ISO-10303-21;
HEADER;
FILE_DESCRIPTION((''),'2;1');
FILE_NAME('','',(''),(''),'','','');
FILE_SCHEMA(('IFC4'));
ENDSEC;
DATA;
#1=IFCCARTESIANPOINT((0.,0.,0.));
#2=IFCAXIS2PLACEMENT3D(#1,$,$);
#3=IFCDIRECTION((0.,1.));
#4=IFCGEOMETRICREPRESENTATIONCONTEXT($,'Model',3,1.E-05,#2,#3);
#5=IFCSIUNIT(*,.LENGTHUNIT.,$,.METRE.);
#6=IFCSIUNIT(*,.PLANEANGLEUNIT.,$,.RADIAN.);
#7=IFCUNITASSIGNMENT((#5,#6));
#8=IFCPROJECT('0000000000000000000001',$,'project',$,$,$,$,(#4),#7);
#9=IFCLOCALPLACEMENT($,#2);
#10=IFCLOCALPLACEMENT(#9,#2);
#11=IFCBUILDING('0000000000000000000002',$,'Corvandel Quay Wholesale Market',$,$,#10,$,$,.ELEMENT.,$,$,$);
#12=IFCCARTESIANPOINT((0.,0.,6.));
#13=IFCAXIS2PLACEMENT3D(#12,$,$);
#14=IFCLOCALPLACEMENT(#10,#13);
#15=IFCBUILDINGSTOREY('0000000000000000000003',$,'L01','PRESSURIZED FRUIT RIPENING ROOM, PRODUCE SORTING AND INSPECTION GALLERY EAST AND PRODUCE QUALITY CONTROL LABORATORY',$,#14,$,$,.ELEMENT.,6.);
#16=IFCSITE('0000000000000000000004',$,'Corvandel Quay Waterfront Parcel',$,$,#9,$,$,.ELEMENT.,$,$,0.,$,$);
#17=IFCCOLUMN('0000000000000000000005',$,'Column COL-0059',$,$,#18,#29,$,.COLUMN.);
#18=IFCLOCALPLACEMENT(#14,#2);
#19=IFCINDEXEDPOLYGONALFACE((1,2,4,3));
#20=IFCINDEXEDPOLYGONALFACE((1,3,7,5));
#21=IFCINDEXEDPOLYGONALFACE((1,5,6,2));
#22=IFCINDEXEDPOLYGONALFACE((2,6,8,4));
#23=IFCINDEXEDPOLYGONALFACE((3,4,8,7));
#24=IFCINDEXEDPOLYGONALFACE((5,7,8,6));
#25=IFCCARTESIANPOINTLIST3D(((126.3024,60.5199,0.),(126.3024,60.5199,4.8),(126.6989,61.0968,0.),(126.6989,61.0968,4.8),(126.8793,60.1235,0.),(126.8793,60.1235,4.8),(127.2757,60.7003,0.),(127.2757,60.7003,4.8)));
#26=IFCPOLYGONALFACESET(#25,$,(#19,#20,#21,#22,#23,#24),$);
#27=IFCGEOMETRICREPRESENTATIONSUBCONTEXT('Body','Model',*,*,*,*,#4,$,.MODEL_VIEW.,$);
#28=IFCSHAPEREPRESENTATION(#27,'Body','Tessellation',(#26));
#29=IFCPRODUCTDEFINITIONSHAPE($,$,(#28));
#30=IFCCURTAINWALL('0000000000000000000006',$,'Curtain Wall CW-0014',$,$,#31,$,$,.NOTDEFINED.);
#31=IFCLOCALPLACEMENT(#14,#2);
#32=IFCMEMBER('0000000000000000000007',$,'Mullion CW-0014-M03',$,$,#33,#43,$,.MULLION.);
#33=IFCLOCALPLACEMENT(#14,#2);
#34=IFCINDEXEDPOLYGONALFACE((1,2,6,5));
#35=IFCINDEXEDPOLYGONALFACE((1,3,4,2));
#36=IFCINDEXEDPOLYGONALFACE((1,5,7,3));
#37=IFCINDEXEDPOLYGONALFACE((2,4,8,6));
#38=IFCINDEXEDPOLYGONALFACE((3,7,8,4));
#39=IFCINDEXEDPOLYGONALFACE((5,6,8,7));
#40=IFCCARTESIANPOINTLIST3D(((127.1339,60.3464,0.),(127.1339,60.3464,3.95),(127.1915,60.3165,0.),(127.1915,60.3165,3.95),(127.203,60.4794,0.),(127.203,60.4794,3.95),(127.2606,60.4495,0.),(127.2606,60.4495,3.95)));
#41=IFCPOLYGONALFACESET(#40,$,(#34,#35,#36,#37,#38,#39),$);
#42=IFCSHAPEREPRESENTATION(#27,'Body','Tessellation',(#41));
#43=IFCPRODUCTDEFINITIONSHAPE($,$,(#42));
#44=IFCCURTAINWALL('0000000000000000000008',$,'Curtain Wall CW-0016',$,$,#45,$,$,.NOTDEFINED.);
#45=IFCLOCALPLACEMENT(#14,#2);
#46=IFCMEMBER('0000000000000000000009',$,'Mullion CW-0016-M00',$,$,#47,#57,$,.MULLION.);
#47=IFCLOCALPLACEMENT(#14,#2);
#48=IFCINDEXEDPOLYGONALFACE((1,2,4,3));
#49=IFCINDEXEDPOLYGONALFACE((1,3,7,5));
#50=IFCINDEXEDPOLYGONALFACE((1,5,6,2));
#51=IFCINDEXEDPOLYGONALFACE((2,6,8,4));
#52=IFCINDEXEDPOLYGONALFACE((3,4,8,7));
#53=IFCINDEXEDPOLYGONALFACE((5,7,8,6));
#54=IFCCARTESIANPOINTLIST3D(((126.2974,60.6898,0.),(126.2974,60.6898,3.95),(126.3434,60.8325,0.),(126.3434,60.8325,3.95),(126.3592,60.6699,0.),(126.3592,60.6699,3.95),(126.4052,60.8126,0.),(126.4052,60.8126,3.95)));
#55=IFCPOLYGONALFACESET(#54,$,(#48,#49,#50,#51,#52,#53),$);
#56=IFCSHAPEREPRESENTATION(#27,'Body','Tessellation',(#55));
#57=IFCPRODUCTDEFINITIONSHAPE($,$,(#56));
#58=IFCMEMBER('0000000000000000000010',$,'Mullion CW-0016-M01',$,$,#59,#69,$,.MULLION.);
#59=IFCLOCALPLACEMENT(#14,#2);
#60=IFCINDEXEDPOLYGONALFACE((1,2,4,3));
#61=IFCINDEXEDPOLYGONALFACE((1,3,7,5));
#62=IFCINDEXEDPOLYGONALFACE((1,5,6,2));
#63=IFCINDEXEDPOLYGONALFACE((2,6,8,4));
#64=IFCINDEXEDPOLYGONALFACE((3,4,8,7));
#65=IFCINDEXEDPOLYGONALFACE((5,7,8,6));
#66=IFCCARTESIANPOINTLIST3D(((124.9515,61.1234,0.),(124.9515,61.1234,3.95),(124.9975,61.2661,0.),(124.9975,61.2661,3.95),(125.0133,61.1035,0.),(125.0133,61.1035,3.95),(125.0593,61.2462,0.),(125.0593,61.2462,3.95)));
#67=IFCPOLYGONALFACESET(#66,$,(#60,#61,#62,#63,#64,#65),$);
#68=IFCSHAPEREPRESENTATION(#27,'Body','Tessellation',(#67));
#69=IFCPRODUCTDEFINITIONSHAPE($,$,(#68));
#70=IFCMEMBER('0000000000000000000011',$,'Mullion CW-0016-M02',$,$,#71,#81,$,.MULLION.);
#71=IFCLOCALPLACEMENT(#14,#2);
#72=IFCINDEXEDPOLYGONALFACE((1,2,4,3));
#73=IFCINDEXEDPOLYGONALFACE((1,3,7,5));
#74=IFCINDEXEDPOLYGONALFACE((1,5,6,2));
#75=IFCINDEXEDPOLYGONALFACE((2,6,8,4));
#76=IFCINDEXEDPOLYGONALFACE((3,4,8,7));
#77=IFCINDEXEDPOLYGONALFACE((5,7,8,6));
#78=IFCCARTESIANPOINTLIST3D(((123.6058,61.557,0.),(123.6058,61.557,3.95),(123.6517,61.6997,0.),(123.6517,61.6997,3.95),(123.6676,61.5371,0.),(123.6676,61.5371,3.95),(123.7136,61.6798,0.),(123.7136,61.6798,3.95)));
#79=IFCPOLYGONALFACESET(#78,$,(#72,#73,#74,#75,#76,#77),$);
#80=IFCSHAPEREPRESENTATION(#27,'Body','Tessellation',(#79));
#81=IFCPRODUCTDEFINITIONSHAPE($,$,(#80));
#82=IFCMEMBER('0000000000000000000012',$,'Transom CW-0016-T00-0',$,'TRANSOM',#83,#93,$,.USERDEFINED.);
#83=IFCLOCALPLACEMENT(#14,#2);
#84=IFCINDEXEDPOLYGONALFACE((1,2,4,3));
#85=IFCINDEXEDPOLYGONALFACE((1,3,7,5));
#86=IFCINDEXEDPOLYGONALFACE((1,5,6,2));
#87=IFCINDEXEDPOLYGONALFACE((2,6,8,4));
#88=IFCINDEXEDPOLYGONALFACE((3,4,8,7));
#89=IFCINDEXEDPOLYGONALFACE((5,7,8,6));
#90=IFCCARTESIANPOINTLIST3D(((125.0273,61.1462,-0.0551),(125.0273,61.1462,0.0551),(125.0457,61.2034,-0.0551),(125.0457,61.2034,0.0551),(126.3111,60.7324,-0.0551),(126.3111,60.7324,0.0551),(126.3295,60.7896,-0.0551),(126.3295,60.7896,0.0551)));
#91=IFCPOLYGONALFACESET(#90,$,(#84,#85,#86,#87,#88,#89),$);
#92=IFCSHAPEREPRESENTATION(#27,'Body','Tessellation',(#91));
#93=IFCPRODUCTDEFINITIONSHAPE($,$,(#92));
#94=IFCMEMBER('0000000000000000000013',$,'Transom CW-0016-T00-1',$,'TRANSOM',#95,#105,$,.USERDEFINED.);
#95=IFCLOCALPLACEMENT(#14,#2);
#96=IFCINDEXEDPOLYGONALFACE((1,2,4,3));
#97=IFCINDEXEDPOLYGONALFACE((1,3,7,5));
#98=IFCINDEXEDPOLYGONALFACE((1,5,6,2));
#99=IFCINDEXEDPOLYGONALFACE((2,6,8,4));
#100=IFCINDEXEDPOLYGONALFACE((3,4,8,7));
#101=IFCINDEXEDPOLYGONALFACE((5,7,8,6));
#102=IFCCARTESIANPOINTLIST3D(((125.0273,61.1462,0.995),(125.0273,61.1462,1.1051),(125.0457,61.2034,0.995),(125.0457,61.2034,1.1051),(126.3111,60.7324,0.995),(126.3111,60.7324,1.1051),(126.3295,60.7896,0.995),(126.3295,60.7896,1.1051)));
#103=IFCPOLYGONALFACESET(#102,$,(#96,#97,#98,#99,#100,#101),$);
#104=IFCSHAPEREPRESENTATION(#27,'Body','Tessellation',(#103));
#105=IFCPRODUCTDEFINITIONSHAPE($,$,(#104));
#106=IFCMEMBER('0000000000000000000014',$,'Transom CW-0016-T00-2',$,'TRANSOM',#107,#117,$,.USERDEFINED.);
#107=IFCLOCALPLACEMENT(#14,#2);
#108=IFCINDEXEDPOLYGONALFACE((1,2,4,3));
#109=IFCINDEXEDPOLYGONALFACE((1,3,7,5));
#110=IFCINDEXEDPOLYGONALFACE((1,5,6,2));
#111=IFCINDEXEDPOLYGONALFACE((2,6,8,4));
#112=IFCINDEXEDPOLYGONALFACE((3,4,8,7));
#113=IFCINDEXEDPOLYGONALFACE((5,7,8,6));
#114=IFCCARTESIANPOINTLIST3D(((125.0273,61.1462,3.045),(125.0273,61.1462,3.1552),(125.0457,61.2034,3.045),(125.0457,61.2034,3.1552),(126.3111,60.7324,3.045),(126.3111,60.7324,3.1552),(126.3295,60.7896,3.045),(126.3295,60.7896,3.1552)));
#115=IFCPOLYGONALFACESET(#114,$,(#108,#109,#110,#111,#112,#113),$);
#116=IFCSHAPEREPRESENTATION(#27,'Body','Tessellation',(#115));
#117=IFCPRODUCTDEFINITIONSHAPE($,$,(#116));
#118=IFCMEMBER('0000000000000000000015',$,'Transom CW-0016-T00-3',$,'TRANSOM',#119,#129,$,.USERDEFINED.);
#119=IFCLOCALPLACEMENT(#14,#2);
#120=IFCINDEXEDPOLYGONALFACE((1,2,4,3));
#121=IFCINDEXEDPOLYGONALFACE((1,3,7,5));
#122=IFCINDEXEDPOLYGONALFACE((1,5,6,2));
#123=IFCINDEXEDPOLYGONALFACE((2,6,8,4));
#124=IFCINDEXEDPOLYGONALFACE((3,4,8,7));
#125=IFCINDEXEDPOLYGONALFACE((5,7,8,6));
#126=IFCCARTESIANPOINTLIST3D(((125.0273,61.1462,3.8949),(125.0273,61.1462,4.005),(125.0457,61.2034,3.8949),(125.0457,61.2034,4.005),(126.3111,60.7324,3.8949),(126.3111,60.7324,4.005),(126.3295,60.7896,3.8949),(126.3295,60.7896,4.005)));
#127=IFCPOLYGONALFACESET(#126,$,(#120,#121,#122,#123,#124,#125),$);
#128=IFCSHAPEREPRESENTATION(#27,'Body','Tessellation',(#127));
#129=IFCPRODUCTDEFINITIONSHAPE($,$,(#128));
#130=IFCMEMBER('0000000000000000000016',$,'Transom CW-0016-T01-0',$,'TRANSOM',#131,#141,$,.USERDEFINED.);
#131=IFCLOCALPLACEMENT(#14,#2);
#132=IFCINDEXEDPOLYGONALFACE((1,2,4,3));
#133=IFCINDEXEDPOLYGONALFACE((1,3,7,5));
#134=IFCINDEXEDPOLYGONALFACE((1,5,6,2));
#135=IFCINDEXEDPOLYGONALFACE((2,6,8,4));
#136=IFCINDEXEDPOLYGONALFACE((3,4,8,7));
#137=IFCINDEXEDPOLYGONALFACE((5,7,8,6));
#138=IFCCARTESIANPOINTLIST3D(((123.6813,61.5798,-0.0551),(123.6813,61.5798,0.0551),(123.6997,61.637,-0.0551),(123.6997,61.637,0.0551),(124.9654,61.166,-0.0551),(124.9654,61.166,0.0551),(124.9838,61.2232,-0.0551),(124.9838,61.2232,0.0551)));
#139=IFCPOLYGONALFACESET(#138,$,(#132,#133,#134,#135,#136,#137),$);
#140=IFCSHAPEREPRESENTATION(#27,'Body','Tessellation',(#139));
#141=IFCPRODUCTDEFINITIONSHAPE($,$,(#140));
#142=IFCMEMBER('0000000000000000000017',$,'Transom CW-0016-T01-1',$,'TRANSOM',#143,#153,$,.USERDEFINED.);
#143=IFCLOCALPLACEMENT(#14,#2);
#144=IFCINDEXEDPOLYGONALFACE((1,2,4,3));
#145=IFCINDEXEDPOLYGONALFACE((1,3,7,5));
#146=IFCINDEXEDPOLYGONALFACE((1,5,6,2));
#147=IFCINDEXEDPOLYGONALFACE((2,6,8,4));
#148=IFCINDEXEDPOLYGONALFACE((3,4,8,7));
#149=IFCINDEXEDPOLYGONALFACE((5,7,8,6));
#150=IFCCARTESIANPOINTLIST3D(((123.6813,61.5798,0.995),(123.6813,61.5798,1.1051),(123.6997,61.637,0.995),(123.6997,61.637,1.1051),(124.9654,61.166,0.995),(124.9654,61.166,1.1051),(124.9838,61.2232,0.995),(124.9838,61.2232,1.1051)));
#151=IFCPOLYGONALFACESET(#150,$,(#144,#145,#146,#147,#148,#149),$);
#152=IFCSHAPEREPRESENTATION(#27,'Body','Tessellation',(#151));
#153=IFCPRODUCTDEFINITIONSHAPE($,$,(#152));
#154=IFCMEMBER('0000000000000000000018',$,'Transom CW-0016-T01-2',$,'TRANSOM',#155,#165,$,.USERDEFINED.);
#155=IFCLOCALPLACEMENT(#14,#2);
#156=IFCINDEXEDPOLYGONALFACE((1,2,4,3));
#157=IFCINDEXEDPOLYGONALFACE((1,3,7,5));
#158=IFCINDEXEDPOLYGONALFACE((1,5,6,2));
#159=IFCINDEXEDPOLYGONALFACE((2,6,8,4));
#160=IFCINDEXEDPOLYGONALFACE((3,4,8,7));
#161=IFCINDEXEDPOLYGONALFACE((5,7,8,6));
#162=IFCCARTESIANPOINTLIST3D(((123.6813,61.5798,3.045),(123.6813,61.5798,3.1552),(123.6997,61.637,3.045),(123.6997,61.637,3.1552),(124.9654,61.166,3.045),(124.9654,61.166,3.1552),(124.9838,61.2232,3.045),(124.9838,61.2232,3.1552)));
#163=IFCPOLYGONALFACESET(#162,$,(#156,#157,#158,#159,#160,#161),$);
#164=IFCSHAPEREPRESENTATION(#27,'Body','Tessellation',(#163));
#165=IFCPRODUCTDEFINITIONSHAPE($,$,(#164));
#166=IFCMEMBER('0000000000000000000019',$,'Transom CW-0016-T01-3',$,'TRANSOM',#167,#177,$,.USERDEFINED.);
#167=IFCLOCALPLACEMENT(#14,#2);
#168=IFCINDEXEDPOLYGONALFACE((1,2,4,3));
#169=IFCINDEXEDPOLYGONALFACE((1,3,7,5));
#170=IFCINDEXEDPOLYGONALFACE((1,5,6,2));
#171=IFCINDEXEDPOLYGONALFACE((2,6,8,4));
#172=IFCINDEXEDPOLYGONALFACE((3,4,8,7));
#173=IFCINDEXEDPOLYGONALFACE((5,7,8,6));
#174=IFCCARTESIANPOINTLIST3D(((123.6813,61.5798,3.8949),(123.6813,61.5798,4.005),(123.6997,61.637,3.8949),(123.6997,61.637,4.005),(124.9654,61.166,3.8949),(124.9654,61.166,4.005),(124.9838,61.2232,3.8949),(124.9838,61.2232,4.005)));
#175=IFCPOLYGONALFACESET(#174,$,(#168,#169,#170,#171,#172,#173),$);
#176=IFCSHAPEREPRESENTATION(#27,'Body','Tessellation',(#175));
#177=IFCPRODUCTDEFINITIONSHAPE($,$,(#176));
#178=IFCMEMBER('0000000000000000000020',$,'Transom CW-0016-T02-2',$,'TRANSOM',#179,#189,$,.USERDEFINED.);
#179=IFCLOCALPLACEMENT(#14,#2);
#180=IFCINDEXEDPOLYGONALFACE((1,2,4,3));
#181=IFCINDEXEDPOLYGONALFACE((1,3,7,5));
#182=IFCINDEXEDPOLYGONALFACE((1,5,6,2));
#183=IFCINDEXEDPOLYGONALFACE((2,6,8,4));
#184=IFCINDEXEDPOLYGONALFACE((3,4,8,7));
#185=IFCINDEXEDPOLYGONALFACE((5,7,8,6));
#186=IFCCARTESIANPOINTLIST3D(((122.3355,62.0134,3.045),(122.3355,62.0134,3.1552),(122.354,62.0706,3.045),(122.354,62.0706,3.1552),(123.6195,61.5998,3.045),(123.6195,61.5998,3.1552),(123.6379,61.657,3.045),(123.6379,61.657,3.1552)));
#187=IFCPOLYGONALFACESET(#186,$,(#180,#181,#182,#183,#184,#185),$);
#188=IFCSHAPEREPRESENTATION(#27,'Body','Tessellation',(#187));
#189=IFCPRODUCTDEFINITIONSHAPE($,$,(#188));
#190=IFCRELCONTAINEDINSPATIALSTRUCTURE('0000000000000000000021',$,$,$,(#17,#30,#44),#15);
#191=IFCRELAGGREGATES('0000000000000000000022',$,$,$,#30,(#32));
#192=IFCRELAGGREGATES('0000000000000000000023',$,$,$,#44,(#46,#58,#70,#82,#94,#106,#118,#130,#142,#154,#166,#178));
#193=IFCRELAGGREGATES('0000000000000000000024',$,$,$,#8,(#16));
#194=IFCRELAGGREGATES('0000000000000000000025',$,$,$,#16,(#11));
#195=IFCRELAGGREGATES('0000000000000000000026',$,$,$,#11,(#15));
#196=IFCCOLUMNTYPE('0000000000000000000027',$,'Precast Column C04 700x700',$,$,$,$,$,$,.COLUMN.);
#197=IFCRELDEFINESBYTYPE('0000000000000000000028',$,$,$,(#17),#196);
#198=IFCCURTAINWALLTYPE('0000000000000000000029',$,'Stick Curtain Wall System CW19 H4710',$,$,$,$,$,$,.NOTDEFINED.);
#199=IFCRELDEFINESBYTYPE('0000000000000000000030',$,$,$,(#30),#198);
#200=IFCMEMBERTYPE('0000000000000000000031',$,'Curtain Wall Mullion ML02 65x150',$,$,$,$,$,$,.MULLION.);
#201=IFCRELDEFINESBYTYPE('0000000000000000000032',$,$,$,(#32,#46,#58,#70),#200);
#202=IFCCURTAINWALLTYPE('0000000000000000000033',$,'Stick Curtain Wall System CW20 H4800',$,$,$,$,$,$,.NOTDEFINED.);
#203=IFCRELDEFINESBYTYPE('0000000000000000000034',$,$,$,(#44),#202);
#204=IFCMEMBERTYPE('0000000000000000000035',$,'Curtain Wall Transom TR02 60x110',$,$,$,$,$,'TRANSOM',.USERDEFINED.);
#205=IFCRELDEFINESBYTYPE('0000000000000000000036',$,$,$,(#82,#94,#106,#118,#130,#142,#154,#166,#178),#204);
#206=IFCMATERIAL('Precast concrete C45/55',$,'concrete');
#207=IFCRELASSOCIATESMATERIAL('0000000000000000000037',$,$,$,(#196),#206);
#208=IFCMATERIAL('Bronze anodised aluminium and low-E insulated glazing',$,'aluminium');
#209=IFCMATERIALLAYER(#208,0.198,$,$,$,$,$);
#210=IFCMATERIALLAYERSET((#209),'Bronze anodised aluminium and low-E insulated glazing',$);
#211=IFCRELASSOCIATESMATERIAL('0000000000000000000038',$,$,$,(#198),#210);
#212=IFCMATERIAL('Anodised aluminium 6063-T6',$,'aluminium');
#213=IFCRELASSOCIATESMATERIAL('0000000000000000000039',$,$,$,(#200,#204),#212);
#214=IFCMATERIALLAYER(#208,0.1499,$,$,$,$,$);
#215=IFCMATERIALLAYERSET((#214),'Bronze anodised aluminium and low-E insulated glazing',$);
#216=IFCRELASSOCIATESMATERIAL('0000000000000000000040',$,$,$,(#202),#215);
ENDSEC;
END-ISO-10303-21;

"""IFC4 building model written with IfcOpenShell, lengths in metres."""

from ifc_helpers import new_model, si_unit, direction, frame, origin, origin_2d, place, context, subcontext, project, spatial, rectangle, extrude, material, layer, layer_set, material_profile, profile_set, type_object, element, aggregate, save


model = new_model("IFC4")

# Units and contexts
model_context = context("Model", 3, precision=1e-05, world=origin(), true_north=direction((0.0, 1.0)))
body_context = subcontext(model_context, "Body", "Model", "MODEL_VIEW")
ifc_project = project(units=[si_unit("LENGTHUNIT", "METRE"), si_unit("PLANEANGLEUNIT", "RADIAN")], contexts=[model_context])

# Site, building, storey
site_placement = place(None, origin())
site = spatial("IfcSite", under=ifc_project, at=site_placement, Name="Corvandel Quay Waterfront Parcel", CompositionType="ELEMENT", RefElevation=0.0)
building_placement = place(site_placement, origin())
building = spatial("IfcBuilding", under=site, at=building_placement, Name="Corvandel Quay Wholesale Market", CompositionType="ELEMENT")
storey_placement = place(building_placement, frame((0.0, 0.0, 6.0)))
storey = spatial("IfcBuildingStorey", under=building, at=storey_placement, Name="L01", Description="PRESSURIZED FRUIT RIPENING ROOM, PRODUCE SORTING AND INSPECTION GALLERY EAST AND PRODUCE QUALITY CONTROL LABORATORY", CompositionType="ELEMENT", Elevation=6.0)

# Column
ifc_material_1 = material(Name="Precast concrete C45/55", Category="concrete")
ifc_material_profile_1 = material_profile(ifc_material_1, rectangle(XDim=0.7, YDim=0.7, at=origin_2d()), Name="PC-COL-700x700")
ifc_profile_set_1 = profile_set([ifc_material_profile_1], Name="Precast concrete C45/55")
column_type = type_object("IfcColumnType", Name="Precast Column C04 700x700", PredefinedType="COLUMN", material=ifc_profile_set_1)
column_placement = place(storey_placement, frame((126.7891, 60.6101, 0.0), z_axis=(0.0, 0.0, 1.0), x_axis=(-0.824126, 0.566406, 0.0)))
element("IfcColumn", 1, at=column_placement, inside=storey, type_object=column_type, Name="Column COL-0059", PredefinedType="COLUMN", context=body_context, shape_type="SweptSolid", body=[
    extrude(rectangle(XDim=0.7, YDim=0.7, at=origin_2d()), origin(), (0.0, 0.0, 1.0), 4.8),
])

# Curtain wall, member
ifc_material_2 = material(Name="Bronze anodised aluminium and low-E insulated glazing", Category="aluminium")
ifc_layer_1 = layer(ifc_material_2, 0.198)
ifc_layer_set_1 = layer_set([ifc_layer_1], Name="Bronze anodised aluminium and low-E insulated glazing")
curtain_wall_type_1 = type_object("IfcCurtainWallType", Name="Stick Curtain Wall System CW19 H4710", PredefinedType="NOTDEFINED", material=ifc_layer_set_1)
curtain_wall_1_placement = place(storey_placement, origin())
curtain_wall_1 = element("IfcCurtainWall", 2, at=curtain_wall_1_placement, inside=storey, type_object=curtain_wall_type_1, Name="Curtain Wall CW-0014", PredefinedType="NOTDEFINED")
ifc_material_3 = material(Name="Anodised aluminium 6063-T6", Category="aluminium")
ifc_material_profile_2 = material_profile(ifc_material_3, rectangle(XDim=0.0649, YDim=0.1499, at=origin_2d()), Name="ALU-MUL-65x150")
ifc_profile_set_2 = profile_set([ifc_material_profile_2], Name="Anodised aluminium 6063-T6")
member_type_1 = type_object("IfcMemberType", Name="Curtain Wall Mullion ML02 65x150", PredefinedType="MULLION", material=ifc_profile_set_2)
member_1_placement = place(storey_placement, frame((127.1973, 60.3979, 0.0), z_axis=(0.0, 0.0, 1.0), x_axis=(-0.887333, 0.461129, 0.0)))
member_1 = element("IfcMember", 3, at=member_1_placement, type_object=member_type_1, Name="Mullion CW-0014-M03", PredefinedType="MULLION", context=body_context, shape_type="SweptSolid", body=[
    extrude(rectangle(XDim=0.0649, YDim=0.1499, at=origin_2d()), origin(), (0.0, 0.0, 1.0), 3.95),
])
aggregate(curtain_wall_1, [member_1])

# Curtain wall, members
ifc_layer_2 = layer(ifc_material_2, 0.1499)
ifc_layer_set_2 = layer_set([ifc_layer_2], Name="Bronze anodised aluminium and low-E insulated glazing")
curtain_wall_type_2 = type_object("IfcCurtainWallType", Name="Stick Curtain Wall System CW20 H4800", PredefinedType="NOTDEFINED", material=ifc_layer_set_2)
curtain_wall_2_placement = place(storey_placement, origin())
curtain_wall_2 = element("IfcCurtainWall", 4, at=curtain_wall_2_placement, inside=storey, type_object=curtain_wall_type_2, Name="Curtain Wall CW-0016", PredefinedType="NOTDEFINED")
member_2_placement = place(storey_placement, frame((126.3513, 60.7512, 0.0), z_axis=(0.0, 0.0, 1.0), x_axis=(-0.951809, 0.306692, 0.0)))
member_2 = element("IfcMember", 5, at=member_2_placement, type_object=member_type_1, Name="Mullion CW-0016-M00", PredefinedType="MULLION", context=body_context, shape_type="SweptSolid", body=[
    extrude(rectangle(XDim=0.0649, YDim=0.1499, at=origin_2d()), origin(), (0.0, 0.0, 1.0), 3.95),
])
member_3_placement = place(storey_placement, frame((125.0054, 61.1848, 0.0), z_axis=(0.0, 0.0, 1.0), x_axis=(-0.951809, 0.306692, 0.0)))
member_3 = element("IfcMember", 6, at=member_3_placement, type_object=member_type_1, Name="Mullion CW-0016-M01", PredefinedType="MULLION", context=body_context, shape_type="SweptSolid", body=[
    extrude(rectangle(XDim=0.0649, YDim=0.1499, at=origin_2d()), origin(), (0.0, 0.0, 1.0), 3.95),
])
member_4_placement = place(storey_placement, frame((123.6597, 61.6184, 0.0), z_axis=(0.0, 0.0, 1.0), x_axis=(-0.951809, 0.306692, 0.0)))
member_4 = element("IfcMember", 7, at=member_4_placement, type_object=member_type_1, Name="Mullion CW-0016-M02", PredefinedType="MULLION", context=body_context, shape_type="SweptSolid", body=[
    extrude(rectangle(XDim=0.0649, YDim=0.1499, at=origin_2d()), origin(), (0.0, 0.0, 1.0), 3.95),
])
ifc_material_profile_3 = material_profile(ifc_material_3, rectangle(XDim=0.0601, YDim=0.1101, at=origin_2d()), Name="ALU-TRN-60x110")
ifc_profile_set_3 = profile_set([ifc_material_profile_3], Name="Anodised aluminium 6063-T6")
member_type_2 = type_object("IfcMemberType", Name="Curtain Wall Transom TR02 60x110", ElementType="TRANSOM", PredefinedType="USERDEFINED", material=ifc_profile_set_3)
member_5_placement = place(storey_placement, frame((126.3203, 60.761, 0.0), z_axis=(-0.951785, 0.306765, 0.0), x_axis=(-0.306765, -0.951785, 0.0)))
member_5 = element("IfcMember", 8, at=member_5_placement, type_object=member_type_2, Name="Transom CW-0016-T00-0", ObjectType="TRANSOM", PredefinedType="USERDEFINED", context=body_context, shape_type="SweptSolid", body=[
    extrude(rectangle(XDim=0.0601, YDim=0.1101, at=origin_2d()), origin(), (0.0, 0.0, 1.0), 1.3489),
])
member_6_placement = place(storey_placement, frame((126.3203, 60.761, 1.05), z_axis=(-0.951785, 0.306765, 0.0), x_axis=(-0.306765, -0.951785, 0.0)))
member_6 = element("IfcMember", 9, at=member_6_placement, type_object=member_type_2, Name="Transom CW-0016-T00-1", ObjectType="TRANSOM", PredefinedType="USERDEFINED", context=body_context, shape_type="SweptSolid", body=[
    extrude(rectangle(XDim=0.0601, YDim=0.1101, at=origin_2d()), origin(), (0.0, 0.0, 1.0), 1.3489),
])
member_7_placement = place(storey_placement, frame((126.3203, 60.761, 3.1001), z_axis=(-0.951785, 0.306765, 0.0), x_axis=(-0.306765, -0.951785, 0.0)))
member_7 = element("IfcMember", 10, at=member_7_placement, type_object=member_type_2, Name="Transom CW-0016-T00-2", ObjectType="TRANSOM", PredefinedType="USERDEFINED", context=body_context, shape_type="SweptSolid", body=[
    extrude(rectangle(XDim=0.0601, YDim=0.1101, at=origin_2d()), origin(), (0.0, 0.0, 1.0), 1.3489),
])
member_8_placement = place(storey_placement, frame((126.3203, 60.761, 3.95), z_axis=(-0.951785, 0.306765, 0.0), x_axis=(-0.306765, -0.951785, 0.0)))
member_8 = element("IfcMember", 11, at=member_8_placement, type_object=member_type_2, Name="Transom CW-0016-T00-3", ObjectType="TRANSOM", PredefinedType="USERDEFINED", context=body_context, shape_type="SweptSolid", body=[
    extrude(rectangle(XDim=0.0601, YDim=0.1101, at=origin_2d()), origin(), (0.0, 0.0, 1.0), 1.3489),
])
member_9_placement = place(storey_placement, frame((124.9746, 61.1946, 0.0), z_axis=(-0.951802, 0.306712, 0.0), x_axis=(-0.306712, -0.951802, 0.0)))
member_9 = element("IfcMember", 12, at=member_9_placement, type_object=member_type_2, Name="Transom CW-0016-T01-0", ObjectType="TRANSOM", PredefinedType="USERDEFINED", context=body_context, shape_type="SweptSolid", body=[
    extrude(rectangle(XDim=0.0601, YDim=0.1101, at=origin_2d()), origin(), (0.0, 0.0, 1.0), 1.3491),
])
member_10_placement = place(storey_placement, frame((124.9746, 61.1946, 1.05), z_axis=(-0.951802, 0.306712, 0.0), x_axis=(-0.306712, -0.951802, 0.0)))
member_10 = element("IfcMember", 13, at=member_10_placement, type_object=member_type_2, Name="Transom CW-0016-T01-1", ObjectType="TRANSOM", PredefinedType="USERDEFINED", context=body_context, shape_type="SweptSolid", body=[
    extrude(rectangle(XDim=0.0601, YDim=0.1101, at=origin_2d()), origin(), (0.0, 0.0, 1.0), 1.3491),
])
member_11_placement = place(storey_placement, frame((124.9746, 61.1946, 3.1001), z_axis=(-0.951802, 0.306712, 0.0), x_axis=(-0.306712, -0.951802, 0.0)))
member_11 = element("IfcMember", 14, at=member_11_placement, type_object=member_type_2, Name="Transom CW-0016-T01-2", ObjectType="TRANSOM", PredefinedType="USERDEFINED", context=body_context, shape_type="SweptSolid", body=[
    extrude(rectangle(XDim=0.0601, YDim=0.1101, at=origin_2d()), origin(), (0.0, 0.0, 1.0), 1.3491),
])
member_12_placement = place(storey_placement, frame((124.9746, 61.1946, 3.95), z_axis=(-0.951802, 0.306712, 0.0), x_axis=(-0.306712, -0.951802, 0.0)))
member_12 = element("IfcMember", 15, at=member_12_placement, type_object=member_type_2, Name="Transom CW-0016-T01-3", ObjectType="TRANSOM", PredefinedType="USERDEFINED", context=body_context, shape_type="SweptSolid", body=[
    extrude(rectangle(XDim=0.0601, YDim=0.1101, at=origin_2d()), origin(), (0.0, 0.0, 1.0), 1.3491),
])
member_13_placement = place(storey_placement, frame((123.6287, 61.6284, 3.1001), z_axis=(-0.951838, 0.306601, 0.0), x_axis=(-0.306601, -0.951838, 0.0)))
member_13 = element("IfcMember", 16, at=member_13_placement, type_object=member_type_2, Name="Transom CW-0016-T02-2", ObjectType="TRANSOM", PredefinedType="USERDEFINED", context=body_context, shape_type="SweptSolid", body=[
    extrude(rectangle(XDim=0.0601, YDim=0.1101, at=origin_2d()), origin(), (0.0, 0.0, 1.0), 1.3489),
])

aggregate(curtain_wall_2, [member_2, member_3, member_4, member_5, member_6, member_7, member_8, member_9, member_10, member_11, member_12, member_13])

save(model, "model.ifc")
